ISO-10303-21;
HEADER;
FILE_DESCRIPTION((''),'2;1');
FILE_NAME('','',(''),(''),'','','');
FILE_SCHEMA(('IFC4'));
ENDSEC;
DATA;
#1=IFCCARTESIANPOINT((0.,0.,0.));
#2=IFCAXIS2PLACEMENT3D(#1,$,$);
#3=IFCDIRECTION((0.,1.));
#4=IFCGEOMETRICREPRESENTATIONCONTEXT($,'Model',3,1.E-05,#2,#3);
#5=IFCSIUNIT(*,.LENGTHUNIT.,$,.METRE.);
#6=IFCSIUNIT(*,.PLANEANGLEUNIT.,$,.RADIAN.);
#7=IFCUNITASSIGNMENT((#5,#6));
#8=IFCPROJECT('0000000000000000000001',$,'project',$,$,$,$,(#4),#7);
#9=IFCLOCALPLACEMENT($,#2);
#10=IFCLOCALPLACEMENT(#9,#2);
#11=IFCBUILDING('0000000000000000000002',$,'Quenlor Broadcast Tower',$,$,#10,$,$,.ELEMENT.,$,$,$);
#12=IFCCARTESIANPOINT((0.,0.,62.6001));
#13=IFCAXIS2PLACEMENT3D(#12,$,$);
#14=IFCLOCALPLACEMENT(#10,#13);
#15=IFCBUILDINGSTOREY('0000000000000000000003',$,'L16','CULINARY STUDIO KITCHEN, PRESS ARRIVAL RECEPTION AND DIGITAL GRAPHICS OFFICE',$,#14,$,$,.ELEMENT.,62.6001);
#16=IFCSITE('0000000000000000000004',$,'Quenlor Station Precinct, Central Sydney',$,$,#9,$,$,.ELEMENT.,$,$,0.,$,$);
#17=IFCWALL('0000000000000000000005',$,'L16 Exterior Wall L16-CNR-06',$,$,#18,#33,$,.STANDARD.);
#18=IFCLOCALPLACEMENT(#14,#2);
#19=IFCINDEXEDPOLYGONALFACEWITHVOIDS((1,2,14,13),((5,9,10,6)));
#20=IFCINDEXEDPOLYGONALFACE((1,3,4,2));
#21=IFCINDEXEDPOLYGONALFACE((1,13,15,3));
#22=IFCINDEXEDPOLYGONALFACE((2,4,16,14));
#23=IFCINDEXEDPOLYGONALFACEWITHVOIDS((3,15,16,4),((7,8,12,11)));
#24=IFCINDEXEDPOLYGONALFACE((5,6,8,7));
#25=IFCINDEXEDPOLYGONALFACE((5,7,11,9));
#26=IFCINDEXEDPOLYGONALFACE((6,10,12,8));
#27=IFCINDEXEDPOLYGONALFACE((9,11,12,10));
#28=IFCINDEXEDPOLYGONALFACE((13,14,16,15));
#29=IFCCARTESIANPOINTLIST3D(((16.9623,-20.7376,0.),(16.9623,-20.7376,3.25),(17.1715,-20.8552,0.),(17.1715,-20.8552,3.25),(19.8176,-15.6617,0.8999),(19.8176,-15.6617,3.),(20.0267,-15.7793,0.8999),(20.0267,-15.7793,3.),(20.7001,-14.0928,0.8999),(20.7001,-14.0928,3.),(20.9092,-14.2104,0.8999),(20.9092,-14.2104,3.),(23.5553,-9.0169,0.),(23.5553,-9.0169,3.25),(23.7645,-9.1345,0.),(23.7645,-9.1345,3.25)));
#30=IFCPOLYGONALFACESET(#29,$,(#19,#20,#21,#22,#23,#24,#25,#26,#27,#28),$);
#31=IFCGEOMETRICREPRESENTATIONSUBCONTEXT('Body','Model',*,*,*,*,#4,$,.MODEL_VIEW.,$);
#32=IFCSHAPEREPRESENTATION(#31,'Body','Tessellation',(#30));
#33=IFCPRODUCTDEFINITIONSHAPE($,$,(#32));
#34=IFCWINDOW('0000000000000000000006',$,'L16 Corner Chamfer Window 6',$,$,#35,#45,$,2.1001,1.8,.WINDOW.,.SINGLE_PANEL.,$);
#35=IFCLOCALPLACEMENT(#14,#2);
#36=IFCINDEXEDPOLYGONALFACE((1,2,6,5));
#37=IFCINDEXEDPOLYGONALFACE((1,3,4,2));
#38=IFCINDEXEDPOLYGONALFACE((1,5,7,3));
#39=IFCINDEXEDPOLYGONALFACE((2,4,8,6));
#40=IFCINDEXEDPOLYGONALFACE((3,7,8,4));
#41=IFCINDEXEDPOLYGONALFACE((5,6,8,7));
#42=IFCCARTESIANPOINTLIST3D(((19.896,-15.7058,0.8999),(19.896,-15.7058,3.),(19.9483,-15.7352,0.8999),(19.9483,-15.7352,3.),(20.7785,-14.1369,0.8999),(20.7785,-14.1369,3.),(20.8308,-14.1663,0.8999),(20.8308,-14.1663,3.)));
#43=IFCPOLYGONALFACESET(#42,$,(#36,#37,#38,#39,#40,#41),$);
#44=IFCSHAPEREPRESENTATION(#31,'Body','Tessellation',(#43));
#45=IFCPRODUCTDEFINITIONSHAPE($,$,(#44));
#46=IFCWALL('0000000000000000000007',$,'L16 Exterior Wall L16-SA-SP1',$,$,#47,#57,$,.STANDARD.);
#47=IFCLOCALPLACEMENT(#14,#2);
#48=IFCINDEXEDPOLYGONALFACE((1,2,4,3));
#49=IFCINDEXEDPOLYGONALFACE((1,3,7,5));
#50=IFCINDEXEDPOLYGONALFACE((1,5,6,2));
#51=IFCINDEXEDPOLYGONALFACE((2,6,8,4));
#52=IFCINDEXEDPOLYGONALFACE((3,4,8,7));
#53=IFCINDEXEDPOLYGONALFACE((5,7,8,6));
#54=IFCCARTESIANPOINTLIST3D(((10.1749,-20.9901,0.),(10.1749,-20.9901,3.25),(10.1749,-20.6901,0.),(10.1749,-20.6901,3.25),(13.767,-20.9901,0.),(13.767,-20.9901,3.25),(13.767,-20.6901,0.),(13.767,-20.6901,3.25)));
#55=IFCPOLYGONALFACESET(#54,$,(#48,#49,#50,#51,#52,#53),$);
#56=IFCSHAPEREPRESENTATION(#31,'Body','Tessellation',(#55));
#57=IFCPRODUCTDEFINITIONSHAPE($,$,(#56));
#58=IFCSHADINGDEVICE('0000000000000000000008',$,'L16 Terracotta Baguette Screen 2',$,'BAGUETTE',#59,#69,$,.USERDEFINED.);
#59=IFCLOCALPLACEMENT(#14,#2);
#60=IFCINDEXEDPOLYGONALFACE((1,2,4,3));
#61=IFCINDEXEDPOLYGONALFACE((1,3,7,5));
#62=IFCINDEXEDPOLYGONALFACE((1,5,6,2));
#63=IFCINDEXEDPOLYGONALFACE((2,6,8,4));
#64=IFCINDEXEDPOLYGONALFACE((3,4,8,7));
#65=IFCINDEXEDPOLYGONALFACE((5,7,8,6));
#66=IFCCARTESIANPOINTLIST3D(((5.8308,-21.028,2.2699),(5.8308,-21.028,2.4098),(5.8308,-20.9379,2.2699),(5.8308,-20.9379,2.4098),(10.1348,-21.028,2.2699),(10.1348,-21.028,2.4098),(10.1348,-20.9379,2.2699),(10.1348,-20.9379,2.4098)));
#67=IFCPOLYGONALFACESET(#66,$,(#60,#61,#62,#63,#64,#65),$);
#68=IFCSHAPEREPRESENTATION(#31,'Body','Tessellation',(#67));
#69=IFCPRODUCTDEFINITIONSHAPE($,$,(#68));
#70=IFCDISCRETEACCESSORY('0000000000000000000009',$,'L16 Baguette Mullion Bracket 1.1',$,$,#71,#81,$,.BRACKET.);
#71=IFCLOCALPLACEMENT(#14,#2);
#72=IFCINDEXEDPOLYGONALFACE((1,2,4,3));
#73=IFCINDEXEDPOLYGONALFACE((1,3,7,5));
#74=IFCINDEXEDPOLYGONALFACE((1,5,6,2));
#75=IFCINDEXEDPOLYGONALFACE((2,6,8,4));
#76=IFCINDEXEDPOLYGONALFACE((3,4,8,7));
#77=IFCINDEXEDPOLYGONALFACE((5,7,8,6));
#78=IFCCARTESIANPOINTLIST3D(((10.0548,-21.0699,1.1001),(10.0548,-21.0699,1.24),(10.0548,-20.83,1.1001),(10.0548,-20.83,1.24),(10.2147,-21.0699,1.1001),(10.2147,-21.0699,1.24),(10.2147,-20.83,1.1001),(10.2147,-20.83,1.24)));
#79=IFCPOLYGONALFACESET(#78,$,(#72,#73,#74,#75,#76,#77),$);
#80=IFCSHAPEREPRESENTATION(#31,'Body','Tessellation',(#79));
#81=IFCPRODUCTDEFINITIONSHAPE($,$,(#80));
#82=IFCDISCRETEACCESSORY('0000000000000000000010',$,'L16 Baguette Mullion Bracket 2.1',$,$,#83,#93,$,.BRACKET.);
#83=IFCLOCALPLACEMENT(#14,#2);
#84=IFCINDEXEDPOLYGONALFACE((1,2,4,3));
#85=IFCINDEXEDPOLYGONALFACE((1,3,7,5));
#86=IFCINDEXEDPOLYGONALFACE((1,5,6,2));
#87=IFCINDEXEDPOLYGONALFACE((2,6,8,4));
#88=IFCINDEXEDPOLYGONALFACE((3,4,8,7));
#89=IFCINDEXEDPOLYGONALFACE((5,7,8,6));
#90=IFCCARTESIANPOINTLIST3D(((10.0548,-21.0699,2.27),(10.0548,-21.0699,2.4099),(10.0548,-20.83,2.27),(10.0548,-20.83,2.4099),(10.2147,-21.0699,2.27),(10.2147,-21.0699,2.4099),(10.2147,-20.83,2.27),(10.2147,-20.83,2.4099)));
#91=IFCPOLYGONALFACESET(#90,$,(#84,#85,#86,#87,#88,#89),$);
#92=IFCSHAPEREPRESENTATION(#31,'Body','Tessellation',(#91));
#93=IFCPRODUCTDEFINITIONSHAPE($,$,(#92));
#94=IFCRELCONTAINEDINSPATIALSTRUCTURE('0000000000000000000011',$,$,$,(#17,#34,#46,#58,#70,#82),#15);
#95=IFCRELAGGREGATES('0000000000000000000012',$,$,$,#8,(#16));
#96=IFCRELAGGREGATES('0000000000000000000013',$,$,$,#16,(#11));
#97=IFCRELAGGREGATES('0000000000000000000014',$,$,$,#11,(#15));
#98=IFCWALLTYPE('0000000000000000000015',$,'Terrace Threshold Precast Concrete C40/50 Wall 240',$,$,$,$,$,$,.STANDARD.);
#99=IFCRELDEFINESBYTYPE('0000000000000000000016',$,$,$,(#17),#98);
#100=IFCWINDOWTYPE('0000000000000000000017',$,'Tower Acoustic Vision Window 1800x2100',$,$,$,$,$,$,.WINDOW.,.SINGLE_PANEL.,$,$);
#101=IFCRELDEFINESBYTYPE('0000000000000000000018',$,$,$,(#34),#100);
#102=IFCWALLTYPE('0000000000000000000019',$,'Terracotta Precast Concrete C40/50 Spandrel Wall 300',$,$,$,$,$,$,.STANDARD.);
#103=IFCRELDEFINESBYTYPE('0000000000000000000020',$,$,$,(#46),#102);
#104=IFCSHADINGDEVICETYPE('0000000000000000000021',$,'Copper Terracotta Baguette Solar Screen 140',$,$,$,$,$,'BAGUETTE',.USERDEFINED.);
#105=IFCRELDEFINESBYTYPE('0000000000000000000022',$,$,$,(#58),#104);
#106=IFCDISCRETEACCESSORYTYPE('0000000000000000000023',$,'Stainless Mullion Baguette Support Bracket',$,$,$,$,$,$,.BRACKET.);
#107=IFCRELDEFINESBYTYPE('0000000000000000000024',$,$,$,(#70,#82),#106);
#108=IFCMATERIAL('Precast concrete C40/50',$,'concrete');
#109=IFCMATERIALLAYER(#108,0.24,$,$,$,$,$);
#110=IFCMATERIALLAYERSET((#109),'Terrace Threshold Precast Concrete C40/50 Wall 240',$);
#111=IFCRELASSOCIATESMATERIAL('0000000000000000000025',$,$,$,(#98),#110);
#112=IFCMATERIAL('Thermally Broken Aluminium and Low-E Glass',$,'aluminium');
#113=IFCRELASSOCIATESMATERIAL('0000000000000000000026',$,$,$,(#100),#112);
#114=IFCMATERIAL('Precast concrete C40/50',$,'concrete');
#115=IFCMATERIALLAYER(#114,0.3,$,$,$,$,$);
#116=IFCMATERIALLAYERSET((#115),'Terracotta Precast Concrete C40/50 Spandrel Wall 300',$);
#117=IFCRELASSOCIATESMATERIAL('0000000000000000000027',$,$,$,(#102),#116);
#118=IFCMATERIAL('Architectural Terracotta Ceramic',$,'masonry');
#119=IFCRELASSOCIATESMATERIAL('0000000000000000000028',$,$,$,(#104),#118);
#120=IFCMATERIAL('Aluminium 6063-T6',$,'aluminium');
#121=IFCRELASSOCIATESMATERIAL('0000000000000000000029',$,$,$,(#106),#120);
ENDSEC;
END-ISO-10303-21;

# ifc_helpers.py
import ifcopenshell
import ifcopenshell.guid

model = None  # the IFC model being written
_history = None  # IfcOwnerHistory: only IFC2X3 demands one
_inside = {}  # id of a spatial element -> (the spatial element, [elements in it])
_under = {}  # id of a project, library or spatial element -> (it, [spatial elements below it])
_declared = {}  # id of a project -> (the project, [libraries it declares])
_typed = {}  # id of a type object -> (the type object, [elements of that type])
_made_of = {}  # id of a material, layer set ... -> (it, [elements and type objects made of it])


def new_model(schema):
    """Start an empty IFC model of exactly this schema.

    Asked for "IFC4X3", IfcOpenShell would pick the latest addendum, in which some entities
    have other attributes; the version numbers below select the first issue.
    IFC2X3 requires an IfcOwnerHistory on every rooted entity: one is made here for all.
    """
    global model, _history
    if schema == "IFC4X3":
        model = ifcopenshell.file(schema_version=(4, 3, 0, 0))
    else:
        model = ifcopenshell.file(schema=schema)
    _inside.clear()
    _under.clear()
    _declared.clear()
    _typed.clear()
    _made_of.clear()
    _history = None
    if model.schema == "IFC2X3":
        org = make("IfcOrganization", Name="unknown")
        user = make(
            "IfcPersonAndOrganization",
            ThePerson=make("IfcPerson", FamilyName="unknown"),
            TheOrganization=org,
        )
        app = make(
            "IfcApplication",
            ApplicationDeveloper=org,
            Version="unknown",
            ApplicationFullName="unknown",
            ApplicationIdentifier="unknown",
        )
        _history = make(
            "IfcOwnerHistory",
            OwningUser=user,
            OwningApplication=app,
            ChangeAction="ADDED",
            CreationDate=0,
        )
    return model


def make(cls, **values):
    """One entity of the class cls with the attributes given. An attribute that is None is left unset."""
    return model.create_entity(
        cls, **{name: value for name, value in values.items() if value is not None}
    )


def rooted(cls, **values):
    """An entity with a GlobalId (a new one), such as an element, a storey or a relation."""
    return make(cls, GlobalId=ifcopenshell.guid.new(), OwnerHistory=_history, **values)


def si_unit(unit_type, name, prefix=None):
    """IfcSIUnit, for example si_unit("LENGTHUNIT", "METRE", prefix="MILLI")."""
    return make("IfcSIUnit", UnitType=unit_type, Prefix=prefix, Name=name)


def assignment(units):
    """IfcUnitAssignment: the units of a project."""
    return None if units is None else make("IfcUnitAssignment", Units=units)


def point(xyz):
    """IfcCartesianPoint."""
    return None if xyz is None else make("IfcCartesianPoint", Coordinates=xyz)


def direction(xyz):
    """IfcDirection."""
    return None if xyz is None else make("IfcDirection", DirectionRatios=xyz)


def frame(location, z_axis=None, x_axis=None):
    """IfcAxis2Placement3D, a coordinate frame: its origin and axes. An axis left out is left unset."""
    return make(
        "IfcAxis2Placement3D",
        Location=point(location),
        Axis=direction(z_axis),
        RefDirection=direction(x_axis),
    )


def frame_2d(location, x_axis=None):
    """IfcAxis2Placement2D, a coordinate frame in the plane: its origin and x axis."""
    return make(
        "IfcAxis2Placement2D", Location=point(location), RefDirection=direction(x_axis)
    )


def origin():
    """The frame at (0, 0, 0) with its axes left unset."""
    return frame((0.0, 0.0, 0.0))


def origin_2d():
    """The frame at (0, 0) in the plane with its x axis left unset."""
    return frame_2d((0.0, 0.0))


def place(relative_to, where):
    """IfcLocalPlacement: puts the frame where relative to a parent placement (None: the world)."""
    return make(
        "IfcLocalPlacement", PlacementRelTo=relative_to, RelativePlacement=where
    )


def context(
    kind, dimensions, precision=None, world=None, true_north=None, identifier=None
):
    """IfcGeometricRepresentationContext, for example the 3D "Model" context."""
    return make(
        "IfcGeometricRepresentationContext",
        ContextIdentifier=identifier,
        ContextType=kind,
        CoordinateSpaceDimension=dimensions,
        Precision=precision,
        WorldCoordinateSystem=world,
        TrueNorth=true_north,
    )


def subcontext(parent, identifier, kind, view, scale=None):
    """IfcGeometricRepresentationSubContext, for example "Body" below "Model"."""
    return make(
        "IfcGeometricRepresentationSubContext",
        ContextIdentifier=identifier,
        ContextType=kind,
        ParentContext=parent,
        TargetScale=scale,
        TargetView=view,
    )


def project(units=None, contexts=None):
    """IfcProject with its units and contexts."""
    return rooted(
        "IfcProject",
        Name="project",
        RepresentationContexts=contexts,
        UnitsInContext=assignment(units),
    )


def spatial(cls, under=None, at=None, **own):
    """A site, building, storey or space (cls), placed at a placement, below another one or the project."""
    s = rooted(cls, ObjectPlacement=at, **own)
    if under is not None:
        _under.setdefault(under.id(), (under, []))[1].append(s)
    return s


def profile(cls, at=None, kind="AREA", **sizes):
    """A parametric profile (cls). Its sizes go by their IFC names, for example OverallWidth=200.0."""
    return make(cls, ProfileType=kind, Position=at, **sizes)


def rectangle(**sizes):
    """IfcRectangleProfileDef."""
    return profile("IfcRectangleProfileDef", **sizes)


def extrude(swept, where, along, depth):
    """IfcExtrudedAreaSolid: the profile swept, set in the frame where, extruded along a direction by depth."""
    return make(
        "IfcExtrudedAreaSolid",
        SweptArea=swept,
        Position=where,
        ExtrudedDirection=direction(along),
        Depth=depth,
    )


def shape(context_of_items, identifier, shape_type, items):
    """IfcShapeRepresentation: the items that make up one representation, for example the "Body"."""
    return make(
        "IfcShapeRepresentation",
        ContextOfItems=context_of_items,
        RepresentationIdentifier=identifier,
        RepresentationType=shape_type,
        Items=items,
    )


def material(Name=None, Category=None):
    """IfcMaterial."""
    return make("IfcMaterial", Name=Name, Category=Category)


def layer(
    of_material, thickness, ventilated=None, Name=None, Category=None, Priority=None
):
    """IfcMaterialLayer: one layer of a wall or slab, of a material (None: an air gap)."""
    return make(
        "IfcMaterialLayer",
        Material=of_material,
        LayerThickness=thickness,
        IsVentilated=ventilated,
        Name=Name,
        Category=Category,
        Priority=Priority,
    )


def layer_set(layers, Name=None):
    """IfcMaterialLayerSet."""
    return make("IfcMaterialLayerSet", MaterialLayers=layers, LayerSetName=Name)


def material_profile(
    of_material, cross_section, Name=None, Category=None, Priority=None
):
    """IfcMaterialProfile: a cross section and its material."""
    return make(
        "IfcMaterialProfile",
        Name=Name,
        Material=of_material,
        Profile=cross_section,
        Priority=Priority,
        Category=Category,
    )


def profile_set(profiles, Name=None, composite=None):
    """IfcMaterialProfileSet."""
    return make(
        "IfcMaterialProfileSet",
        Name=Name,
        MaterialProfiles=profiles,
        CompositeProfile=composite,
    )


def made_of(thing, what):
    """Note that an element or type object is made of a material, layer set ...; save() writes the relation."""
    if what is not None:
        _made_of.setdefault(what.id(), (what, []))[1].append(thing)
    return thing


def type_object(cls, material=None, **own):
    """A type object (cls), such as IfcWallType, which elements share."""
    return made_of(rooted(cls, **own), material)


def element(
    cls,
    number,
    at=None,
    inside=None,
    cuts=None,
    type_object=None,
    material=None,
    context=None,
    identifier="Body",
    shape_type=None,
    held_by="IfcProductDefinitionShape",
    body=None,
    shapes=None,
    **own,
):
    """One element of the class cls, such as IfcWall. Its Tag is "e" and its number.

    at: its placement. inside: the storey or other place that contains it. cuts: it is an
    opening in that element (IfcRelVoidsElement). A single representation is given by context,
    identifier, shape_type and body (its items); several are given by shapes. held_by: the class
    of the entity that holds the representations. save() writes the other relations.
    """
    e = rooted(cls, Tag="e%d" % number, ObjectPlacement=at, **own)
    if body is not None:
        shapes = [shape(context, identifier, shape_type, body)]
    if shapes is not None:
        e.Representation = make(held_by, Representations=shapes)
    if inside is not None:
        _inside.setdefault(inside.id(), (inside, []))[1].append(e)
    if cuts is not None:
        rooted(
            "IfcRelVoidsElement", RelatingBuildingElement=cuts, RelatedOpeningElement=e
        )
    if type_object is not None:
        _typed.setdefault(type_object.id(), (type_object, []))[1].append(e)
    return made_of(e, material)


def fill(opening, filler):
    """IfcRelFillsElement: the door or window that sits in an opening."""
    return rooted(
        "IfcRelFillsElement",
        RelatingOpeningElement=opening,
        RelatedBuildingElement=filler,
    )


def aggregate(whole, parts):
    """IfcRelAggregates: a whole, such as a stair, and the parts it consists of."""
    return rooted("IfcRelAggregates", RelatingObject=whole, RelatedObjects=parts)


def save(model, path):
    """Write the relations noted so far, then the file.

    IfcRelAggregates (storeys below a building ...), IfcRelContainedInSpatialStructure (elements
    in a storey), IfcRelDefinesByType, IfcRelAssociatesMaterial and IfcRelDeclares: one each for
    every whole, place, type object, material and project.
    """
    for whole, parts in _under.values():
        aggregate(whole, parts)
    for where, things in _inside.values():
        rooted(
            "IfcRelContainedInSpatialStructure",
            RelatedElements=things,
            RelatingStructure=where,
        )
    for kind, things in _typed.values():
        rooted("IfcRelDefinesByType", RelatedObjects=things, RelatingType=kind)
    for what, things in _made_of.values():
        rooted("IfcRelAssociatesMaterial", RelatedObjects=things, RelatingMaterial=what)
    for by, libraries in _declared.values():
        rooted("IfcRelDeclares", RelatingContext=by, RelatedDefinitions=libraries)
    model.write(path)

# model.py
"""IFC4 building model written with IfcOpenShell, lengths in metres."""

from ifc_helpers import new_model, si_unit, direction, frame, frame_2d, origin, origin_2d, place, context, subcontext, project, spatial, rectangle, extrude, material, layer, layer_set, material_profile, profile_set, type_object, element, fill, save


model = new_model("IFC4")

# Units and contexts
model_context = context("Model", 3, precision=1e-05, world=origin(), true_north=direction((0.0, 1.0)))
body_context = subcontext(model_context, "Body", "Model", "MODEL_VIEW")
ifc_project = project(units=[si_unit("LENGTHUNIT", "METRE"), si_unit("PLANEANGLEUNIT", "RADIAN")], contexts=[model_context])

# Site, building, storey
site_placement = place(None, origin())
site = spatial("IfcSite", under=ifc_project, at=site_placement, Name="Quenlor Station Precinct, Central Sydney", CompositionType="ELEMENT", RefElevation=0.0)
building_placement = place(site_placement, origin())
building = spatial("IfcBuilding", under=site, at=building_placement, Name="Quenlor Broadcast Tower", CompositionType="ELEMENT")
storey_placement = place(building_placement, frame((0.0, 0.0, 62.6001)))
storey = spatial("IfcBuildingStorey", under=building, at=storey_placement, Name="L16", Description="CULINARY STUDIO KITCHEN, PRESS ARRIVAL RECEPTION AND DIGITAL GRAPHICS OFFICE", CompositionType="ELEMENT", Elevation=62.6001)

# Shared definitions
ifc_material_1 = material(Name="Precast concrete C40/50", Category="concrete")
ifc_layer_1 = layer(ifc_material_1, 0.24)
ifc_layer_set_1 = layer_set([ifc_layer_1], Name="Terrace Threshold Precast Concrete C40/50 Wall 240")
wall_type_1 = type_object("IfcWallType", Name="Terrace Threshold Precast Concrete C40/50 Wall 240", PredefinedType="STANDARD", material=ifc_layer_set_1)

# Wall, opening, window
wall_1_placement = place(storey_placement, frame((17.0669, -20.7964, 0.0), z_axis=(0.0, 0.0, 1.0), x_axis=(0.490268, 0.871572, 0.0)))
wall_1 = element("IfcWall", 1, at=wall_1_placement, inside=storey, type_object=wall_type_1, Name="L16 Exterior Wall L16-CNR-06", PredefinedType="STANDARD", context=body_context, shape_type="SweptSolid", body=[
    extrude(rectangle(XDim=13.4478, YDim=0.24, at=frame_2d((6.7239, 0.0))), origin(), (0.0, 0.0, 1.0), 3.25),
])
opening_placement = place(wall_1_placement, frame((5.824, 0.0, 0.8999)))
opening = element("IfcOpeningElement", 2, at=opening_placement, cuts=wall_1, PredefinedType="OPENING", context=body_context, shape_type="SweptSolid", body=[
    extrude(rectangle(XDim=1.8, YDim=2.1001, at=frame_2d((0.8999, 1.05))), frame((0.0, 0.1299, 0.0), z_axis=(0.0, -1.0, 0.0), x_axis=(1.0, 0.0, 0.0)), (0.0, 0.0, 1.0), 0.26),
])
ifc_material_2 = material(Name="Thermally Broken Aluminium and Low-E Glass", Category="aluminium")
window_type = type_object("IfcWindowType", Name="Tower Acoustic Vision Window 1800x2100", PartitioningType="SINGLE_PANEL", PredefinedType="WINDOW", material=ifc_material_2)
window_placement = place(opening_placement, origin())
window = element("IfcWindow", 3, at=window_placement, inside=storey, type_object=window_type, Name="L16 Corner Chamfer Window 6", OverallHeight=2.1001, OverallWidth=1.8, PartitioningType="SINGLE_PANEL", PredefinedType="WINDOW", context=body_context, shape_type="SweptSolid", body=[
    extrude(rectangle(XDim=1.8, YDim=2.1001, at=frame_2d((0.8999, 1.05))), frame((0.0, 0.03, 0.0), z_axis=(0.0, -1.0, 0.0), x_axis=(1.0, 0.0, 0.0)), (0.0, 0.0, 1.0), 0.0601),
])
fill(opening, window)

# Wall
ifc_material_3 = material(Name="Precast concrete C40/50", Category="concrete")
ifc_layer_2 = layer(ifc_material_3, 0.3)
ifc_layer_set_2 = layer_set([ifc_layer_2], Name="Terracotta Precast Concrete C40/50 Spandrel Wall 300")
wall_type_2 = type_object("IfcWallType", Name="Terracotta Precast Concrete C40/50 Spandrel Wall 300", PredefinedType="STANDARD", material=ifc_layer_set_2)
wall_2_placement = place(storey_placement, frame((13.7668, -20.8401, 0.0), z_axis=(0.0, 0.0, 1.0), x_axis=(-1.0, 0.0, 0.0)))
element("IfcWall", 4, at=wall_2_placement, inside=storey, type_object=wall_type_2, Name="L16 Exterior Wall L16-SA-SP1", PredefinedType="STANDARD", context=body_context, shape_type="SweptSolid", body=[
    extrude(rectangle(XDim=3.592, YDim=0.3, at=frame_2d((1.7959, 0.0))), origin(), (0.0, 0.0, 1.0), 3.25),
])

# Shading device
ifc_material_4 = material(Name="Architectural Terracotta Ceramic", Category="masonry")
ifc_material_profile_1 = material_profile(ifc_material_4, rectangle(XDim=0.0901, YDim=0.1399, at=origin_2d()))
ifc_profile_set_1 = profile_set([ifc_material_profile_1], Name="Architectural Terracotta Ceramic BAG90x140")
shading_device_type = type_object("IfcShadingDeviceType", Name="Copper Terracotta Baguette Solar Screen 140", ElementType="BAGUETTE", PredefinedType="USERDEFINED", material=ifc_profile_set_1)
shading_device_placement = place(storey_placement, frame((10.1348, -20.9829, 2.3398), z_axis=(-1.0, 0.0, 0.0), x_axis=(0.0, -1.0, 0.0)))
element("IfcShadingDevice", 5, at=shading_device_placement, inside=storey, type_object=shading_device_type, Name="L16 Terracotta Baguette Screen 2", ObjectType="BAGUETTE", PredefinedType="USERDEFINED", context=body_context, shape_type="SweptSolid", body=[
    extrude(rectangle(XDim=0.0901, YDim=0.1399, at=origin_2d()), origin(), (0.0, 0.0, 1.0), 4.304),
])

# Discrete accessories
ifc_material_5 = material(Name="Aluminium 6063-T6", Category="aluminium")
discrete_accessory_type = type_object("IfcDiscreteAccessoryType", Name="Stainless Mullion Baguette Support Bracket", PredefinedType="BRACKET", material=ifc_material_5)
for number, where, z_axis, x_axis, name in (
    (6, (10.1348, -20.95, 1.1001), (0.0, 0.0, 1.0), (-1.0, 0.0, 0.0), "L16 Baguette Mullion Bracket 1.1"),
    (7, (10.1348, -20.95, 2.27), (0.0, 0.0, 1.0), (-1.0, 0.0, 0.0), "L16 Baguette Mullion Bracket 2.1"),
):
    element("IfcDiscreteAccessory", number, at=place(storey_placement, frame(where, z_axis=z_axis, x_axis=x_axis)), inside=storey, type_object=discrete_accessory_type, Name=name, PredefinedType="BRACKET", context=body_context, shape_type="SweptSolid", body=[
        extrude(rectangle(XDim=0.1599, YDim=0.24, at=origin_2d()), origin(), (0.0, 0.0, 1.0), 0.1399),
    ])

save(model, "model.ifc")
